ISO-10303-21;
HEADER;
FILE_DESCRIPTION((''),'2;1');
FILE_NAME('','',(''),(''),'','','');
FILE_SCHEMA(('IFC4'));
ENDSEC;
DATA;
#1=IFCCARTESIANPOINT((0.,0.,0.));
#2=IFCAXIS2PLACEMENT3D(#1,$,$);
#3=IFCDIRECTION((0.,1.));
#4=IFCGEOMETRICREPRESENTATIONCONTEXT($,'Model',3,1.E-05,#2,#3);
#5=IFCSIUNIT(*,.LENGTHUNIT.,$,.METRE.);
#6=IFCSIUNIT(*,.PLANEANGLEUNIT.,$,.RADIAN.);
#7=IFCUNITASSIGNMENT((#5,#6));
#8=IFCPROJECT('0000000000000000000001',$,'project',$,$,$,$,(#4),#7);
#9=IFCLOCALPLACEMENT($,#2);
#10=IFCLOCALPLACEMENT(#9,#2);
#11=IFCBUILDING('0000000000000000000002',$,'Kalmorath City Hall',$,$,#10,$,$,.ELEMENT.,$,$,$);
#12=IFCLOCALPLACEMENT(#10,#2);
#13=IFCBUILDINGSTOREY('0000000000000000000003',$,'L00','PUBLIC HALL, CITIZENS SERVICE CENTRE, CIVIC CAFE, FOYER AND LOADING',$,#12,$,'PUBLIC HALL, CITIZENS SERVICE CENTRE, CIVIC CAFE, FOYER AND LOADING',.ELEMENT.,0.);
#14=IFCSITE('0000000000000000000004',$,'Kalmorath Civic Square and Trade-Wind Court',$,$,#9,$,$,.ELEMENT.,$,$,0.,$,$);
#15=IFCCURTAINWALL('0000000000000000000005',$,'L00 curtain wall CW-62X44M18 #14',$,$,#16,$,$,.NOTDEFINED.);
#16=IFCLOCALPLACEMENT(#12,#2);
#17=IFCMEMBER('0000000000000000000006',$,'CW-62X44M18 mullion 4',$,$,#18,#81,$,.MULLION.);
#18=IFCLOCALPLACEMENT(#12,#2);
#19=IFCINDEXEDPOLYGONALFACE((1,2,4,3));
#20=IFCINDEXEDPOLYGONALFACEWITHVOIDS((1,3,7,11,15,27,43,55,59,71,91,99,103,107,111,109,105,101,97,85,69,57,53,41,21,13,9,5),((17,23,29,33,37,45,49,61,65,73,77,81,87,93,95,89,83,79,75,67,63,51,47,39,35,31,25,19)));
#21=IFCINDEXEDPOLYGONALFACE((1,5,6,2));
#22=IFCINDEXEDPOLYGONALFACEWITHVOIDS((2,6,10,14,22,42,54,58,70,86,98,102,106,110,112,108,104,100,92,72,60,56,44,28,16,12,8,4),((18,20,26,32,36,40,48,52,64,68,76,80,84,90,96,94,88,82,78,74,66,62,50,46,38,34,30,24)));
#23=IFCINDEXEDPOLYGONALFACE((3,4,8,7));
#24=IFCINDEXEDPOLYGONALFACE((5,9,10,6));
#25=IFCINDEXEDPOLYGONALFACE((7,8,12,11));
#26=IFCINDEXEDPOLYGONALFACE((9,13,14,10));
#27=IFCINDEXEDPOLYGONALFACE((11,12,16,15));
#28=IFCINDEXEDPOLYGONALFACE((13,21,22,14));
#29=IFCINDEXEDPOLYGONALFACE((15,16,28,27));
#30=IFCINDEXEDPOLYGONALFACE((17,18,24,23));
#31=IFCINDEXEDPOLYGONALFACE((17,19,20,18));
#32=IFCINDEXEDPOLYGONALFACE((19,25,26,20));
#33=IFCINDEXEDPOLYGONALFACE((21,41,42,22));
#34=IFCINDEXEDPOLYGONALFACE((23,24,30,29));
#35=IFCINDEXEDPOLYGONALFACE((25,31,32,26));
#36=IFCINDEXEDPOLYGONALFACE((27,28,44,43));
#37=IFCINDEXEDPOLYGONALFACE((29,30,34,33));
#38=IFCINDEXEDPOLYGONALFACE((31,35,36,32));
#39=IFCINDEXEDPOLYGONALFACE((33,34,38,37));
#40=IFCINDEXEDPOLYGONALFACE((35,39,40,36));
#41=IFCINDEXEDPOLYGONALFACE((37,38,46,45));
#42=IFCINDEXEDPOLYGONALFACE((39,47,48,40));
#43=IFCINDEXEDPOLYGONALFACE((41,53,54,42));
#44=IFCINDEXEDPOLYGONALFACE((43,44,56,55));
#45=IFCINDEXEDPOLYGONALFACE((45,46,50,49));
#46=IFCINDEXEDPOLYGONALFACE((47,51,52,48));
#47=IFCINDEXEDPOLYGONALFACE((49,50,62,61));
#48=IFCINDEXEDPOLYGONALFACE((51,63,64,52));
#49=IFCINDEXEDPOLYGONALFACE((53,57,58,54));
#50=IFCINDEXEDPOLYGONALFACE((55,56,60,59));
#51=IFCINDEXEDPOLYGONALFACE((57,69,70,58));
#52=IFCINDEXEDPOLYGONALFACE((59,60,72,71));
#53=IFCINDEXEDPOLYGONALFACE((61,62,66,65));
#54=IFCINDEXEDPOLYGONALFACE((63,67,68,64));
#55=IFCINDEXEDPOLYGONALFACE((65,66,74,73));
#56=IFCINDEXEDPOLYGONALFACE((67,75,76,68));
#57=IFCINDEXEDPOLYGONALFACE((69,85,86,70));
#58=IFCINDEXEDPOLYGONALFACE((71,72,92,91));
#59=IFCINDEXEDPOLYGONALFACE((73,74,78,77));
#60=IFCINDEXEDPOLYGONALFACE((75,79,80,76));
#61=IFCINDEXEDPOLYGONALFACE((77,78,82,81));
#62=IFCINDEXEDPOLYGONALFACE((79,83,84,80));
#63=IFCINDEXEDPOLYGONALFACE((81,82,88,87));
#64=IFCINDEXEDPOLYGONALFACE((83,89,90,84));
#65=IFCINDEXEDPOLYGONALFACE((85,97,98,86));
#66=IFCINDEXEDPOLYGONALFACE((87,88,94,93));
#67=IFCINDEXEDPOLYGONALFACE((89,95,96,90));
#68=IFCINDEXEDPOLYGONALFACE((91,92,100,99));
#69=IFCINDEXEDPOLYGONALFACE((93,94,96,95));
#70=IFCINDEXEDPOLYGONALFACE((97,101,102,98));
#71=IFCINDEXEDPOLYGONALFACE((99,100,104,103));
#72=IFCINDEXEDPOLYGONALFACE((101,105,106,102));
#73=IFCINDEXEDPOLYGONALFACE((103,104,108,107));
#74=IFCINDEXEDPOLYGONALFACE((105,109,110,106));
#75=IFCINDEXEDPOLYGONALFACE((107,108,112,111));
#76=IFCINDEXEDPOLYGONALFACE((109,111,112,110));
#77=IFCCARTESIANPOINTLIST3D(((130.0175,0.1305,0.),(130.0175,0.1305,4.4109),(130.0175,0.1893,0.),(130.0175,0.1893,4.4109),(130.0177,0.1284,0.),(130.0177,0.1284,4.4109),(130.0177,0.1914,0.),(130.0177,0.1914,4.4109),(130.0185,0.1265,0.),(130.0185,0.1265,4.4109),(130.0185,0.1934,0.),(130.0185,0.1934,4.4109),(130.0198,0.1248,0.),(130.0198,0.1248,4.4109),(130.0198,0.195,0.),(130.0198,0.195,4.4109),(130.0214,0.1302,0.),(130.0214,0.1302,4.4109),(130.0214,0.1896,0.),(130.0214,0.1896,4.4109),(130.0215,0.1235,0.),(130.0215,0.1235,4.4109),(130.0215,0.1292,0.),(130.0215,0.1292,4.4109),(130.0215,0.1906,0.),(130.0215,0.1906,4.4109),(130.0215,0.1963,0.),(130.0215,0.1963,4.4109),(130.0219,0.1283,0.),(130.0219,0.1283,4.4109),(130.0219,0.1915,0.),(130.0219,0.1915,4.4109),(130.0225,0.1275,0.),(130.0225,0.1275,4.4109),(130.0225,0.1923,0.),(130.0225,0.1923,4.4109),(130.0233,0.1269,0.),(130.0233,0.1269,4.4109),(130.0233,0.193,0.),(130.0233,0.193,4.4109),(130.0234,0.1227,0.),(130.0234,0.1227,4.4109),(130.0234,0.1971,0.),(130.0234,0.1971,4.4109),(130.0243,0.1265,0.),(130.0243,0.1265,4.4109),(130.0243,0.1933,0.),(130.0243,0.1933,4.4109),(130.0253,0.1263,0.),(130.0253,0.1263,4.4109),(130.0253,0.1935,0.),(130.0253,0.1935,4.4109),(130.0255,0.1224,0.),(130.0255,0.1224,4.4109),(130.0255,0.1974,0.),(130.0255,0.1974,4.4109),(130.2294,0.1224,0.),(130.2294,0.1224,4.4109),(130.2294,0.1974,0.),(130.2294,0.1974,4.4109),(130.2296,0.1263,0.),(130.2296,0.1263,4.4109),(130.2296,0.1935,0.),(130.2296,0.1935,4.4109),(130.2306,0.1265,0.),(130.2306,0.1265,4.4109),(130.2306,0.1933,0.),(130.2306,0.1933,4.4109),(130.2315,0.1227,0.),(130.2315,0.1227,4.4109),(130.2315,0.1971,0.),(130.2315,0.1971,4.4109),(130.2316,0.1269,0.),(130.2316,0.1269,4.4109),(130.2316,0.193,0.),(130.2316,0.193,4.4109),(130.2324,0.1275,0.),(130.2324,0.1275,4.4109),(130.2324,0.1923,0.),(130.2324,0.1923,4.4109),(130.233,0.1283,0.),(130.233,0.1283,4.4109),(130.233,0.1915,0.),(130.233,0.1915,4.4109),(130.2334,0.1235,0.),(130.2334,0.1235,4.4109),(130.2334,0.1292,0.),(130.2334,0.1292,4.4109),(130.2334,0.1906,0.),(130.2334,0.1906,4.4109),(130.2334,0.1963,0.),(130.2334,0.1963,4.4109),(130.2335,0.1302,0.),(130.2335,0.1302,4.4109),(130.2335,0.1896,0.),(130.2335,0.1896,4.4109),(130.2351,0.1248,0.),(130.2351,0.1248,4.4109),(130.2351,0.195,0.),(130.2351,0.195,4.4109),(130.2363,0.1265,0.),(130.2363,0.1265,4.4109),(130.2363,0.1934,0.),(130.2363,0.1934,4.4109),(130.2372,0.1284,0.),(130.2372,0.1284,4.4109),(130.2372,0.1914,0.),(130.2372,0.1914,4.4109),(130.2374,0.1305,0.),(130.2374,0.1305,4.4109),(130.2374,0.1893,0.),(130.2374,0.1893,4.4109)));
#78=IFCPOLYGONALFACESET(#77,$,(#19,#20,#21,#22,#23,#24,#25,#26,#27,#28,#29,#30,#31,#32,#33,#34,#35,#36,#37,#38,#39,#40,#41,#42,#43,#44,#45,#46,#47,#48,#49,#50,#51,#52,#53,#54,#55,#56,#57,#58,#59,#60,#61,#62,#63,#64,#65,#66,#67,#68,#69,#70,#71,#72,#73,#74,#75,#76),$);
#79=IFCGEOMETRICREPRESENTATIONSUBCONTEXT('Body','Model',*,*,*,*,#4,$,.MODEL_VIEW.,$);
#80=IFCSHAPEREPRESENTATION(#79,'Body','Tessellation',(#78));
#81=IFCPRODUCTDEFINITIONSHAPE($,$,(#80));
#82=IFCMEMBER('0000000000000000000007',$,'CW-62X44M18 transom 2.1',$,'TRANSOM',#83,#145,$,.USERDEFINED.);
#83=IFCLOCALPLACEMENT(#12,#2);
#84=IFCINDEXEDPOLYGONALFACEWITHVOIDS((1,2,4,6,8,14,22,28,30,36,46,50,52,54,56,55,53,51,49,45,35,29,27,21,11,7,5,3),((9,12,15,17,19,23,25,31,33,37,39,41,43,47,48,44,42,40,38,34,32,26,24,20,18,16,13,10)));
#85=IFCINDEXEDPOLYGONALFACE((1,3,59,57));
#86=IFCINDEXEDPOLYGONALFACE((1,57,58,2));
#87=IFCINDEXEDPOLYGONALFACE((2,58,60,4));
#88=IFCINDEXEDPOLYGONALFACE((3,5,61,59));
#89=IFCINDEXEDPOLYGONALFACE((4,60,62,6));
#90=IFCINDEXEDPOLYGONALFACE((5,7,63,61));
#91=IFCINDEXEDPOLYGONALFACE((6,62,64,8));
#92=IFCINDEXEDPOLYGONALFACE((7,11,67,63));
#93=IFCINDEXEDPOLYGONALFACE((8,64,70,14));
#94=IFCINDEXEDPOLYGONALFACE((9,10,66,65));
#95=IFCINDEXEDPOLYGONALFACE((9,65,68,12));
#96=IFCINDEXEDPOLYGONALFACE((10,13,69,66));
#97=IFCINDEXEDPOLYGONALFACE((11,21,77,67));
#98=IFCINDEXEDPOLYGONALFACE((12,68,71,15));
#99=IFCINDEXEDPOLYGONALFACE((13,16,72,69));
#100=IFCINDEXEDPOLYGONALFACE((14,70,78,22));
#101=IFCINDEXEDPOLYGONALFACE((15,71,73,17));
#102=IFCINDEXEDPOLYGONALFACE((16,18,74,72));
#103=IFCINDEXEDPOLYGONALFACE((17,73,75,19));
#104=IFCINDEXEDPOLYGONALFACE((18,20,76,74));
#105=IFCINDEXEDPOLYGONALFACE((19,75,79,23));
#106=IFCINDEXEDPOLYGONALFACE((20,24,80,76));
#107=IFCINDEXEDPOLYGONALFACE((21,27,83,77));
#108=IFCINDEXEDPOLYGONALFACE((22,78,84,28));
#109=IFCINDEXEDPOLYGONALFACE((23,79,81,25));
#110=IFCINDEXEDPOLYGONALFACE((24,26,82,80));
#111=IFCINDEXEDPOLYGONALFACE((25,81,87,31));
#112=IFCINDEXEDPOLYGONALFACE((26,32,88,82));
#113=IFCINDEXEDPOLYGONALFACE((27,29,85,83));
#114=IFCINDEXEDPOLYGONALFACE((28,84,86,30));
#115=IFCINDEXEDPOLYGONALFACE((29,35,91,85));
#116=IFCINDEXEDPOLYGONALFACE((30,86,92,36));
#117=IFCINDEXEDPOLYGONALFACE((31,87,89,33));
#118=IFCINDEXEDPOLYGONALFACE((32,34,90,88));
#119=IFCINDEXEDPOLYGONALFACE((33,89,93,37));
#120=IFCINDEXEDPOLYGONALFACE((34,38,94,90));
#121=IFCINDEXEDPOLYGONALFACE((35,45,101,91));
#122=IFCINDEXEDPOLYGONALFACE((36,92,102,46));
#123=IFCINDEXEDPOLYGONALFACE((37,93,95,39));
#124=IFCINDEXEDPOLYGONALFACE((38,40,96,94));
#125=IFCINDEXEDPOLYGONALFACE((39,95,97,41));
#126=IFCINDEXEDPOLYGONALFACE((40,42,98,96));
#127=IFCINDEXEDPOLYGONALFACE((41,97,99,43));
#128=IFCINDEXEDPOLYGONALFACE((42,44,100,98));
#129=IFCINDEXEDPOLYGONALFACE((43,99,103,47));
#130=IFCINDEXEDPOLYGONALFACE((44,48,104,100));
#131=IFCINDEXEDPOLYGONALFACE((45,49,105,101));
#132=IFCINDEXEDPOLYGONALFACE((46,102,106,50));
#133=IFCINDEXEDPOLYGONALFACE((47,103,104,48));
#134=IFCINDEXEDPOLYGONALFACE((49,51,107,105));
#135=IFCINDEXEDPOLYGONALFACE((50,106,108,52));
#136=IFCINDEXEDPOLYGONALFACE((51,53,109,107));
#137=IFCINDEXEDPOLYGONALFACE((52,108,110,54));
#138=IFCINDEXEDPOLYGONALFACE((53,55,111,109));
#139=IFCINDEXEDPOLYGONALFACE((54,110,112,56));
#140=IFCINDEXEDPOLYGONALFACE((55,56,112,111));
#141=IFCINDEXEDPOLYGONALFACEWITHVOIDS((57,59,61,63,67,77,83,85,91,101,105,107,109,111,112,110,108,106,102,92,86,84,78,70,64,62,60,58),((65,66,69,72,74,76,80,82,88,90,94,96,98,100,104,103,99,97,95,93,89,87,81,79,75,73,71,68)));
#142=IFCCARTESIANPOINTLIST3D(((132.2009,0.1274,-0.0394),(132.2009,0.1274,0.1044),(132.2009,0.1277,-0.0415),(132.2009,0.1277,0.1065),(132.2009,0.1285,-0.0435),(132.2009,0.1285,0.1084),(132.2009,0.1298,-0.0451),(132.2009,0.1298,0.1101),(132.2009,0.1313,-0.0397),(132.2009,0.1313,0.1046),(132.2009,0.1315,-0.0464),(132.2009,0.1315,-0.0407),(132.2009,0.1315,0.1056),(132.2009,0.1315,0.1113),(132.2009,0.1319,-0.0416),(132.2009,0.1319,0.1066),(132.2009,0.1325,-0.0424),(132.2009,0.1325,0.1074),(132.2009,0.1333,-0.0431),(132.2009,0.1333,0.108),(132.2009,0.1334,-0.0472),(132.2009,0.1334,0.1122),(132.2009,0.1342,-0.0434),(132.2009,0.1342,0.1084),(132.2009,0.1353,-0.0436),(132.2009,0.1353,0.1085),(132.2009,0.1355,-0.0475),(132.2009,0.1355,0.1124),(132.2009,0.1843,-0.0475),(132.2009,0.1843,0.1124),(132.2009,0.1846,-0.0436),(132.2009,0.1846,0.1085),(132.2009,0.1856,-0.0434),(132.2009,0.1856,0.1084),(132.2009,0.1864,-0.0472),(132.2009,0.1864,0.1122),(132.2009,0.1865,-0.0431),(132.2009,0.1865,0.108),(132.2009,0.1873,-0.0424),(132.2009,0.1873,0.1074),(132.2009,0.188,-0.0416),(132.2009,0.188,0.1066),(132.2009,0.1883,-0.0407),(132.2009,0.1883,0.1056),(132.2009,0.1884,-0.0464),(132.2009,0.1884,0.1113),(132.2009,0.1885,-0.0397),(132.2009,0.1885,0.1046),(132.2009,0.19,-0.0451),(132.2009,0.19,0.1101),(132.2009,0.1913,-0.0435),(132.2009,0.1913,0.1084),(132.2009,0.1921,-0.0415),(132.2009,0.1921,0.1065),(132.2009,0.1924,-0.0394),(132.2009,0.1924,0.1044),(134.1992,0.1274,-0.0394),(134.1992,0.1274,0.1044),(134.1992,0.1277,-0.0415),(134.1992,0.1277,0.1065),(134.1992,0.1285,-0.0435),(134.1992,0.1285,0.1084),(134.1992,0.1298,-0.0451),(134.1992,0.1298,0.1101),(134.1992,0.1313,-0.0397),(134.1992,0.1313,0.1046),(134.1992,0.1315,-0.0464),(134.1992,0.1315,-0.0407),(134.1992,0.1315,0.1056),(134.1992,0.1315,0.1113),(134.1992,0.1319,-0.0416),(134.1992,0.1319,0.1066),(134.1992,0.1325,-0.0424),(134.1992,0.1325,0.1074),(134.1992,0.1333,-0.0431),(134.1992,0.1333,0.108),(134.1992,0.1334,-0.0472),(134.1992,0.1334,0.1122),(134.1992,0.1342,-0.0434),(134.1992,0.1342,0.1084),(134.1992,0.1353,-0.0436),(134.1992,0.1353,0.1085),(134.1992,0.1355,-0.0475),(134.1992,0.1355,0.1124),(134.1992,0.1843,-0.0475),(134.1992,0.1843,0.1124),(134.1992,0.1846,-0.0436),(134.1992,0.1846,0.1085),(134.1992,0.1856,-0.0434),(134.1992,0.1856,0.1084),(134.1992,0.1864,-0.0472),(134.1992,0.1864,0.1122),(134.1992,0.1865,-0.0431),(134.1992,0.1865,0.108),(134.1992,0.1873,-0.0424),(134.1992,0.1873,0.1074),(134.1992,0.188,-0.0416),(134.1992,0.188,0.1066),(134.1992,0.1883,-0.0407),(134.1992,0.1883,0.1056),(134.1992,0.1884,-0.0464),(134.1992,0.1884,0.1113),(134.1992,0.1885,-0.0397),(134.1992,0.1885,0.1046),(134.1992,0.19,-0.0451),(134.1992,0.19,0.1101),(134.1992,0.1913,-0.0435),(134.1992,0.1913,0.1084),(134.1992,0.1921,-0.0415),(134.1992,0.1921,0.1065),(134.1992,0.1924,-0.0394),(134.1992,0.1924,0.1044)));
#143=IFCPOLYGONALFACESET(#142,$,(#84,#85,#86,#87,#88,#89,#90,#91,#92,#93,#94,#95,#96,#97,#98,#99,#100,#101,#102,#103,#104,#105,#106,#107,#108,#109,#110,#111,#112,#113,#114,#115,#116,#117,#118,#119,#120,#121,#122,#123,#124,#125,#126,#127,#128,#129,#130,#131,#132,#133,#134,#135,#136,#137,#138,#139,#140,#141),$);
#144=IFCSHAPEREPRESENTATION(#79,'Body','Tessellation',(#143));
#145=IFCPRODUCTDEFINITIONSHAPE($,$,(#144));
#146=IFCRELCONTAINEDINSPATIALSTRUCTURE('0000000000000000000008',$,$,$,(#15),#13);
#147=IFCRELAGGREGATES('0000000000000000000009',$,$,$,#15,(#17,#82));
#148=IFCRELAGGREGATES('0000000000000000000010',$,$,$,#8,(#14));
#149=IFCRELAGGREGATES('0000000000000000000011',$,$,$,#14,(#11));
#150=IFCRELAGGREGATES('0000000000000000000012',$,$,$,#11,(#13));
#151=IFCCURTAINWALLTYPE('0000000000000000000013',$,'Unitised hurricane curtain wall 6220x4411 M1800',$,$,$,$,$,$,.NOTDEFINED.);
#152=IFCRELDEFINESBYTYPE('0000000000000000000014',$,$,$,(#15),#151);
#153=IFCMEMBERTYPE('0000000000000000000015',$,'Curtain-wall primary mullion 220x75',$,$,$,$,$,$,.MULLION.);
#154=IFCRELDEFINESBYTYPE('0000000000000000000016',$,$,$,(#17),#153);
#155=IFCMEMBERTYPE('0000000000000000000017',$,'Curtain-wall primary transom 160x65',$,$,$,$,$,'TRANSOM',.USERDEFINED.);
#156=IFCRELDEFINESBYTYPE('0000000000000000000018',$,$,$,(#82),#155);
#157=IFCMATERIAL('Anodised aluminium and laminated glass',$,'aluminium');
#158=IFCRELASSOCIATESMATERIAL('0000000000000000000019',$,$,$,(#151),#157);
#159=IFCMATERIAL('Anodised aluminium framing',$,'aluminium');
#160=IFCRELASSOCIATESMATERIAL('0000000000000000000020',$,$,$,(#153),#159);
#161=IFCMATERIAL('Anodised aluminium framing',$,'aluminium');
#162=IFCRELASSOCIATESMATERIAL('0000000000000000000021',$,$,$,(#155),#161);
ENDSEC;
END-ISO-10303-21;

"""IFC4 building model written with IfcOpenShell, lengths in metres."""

from ifc_helpers import new_model, si_unit, direction, frame, origin, origin_2d, place, context, subcontext, project, spatial, hollow_rectangle, extrude, material, material_profile, profile_set, type_object, element, aggregate, save


model = new_model("IFC4")

# Units and contexts
model_context = context("Model", 3, precision=1e-05, world=origin(), true_north=direction((0.0, 1.0)))
body_context = subcontext(model_context, "Body", "Model", "MODEL_VIEW")
ifc_project = project(units=[si_unit("LENGTHUNIT", "METRE"), si_unit("PLANEANGLEUNIT", "RADIAN")], contexts=[model_context])

# Site, building, storey
site_placement = place(None, origin())
site = spatial("IfcSite", under=ifc_project, at=site_placement, Name="Kalmorath Civic Square and Trade-Wind Court", CompositionType="ELEMENT", RefElevation=0.0)
building_placement = place(site_placement, origin())
building = spatial("IfcBuilding", under=site, at=building_placement, Name="Kalmorath City Hall", CompositionType="ELEMENT")
storey_placement = place(building_placement, origin())
storey = spatial("IfcBuildingStorey", under=building, at=storey_placement, Name="L00", Description="PUBLIC HALL, CITIZENS SERVICE CENTRE, CIVIC CAFE, FOYER AND LOADING", LongName="PUBLIC HALL, CITIZENS SERVICE CENTRE, CIVIC CAFE, FOYER AND LOADING", CompositionType="ELEMENT", Elevation=0.0)

# Curtain wall, members
ifc_material_1 = material(Name="Anodised aluminium and laminated glass", Category="aluminium")
curtain_wall_type = type_object("IfcCurtainWallType", Name="Unitised hurricane curtain wall 6220x4411 M1800", PredefinedType="NOTDEFINED", material=ifc_material_1)
curtain_wall_placement = place(storey_placement, origin())
curtain_wall = element("IfcCurtainWall", 1, at=curtain_wall_placement, inside=storey, type_object=curtain_wall_type, Name="L00 curtain wall CW-62X44M18 #14", PredefinedType="NOTDEFINED")
ifc_material_2 = material(Name="Anodised aluminium framing", Category="aluminium")
ifc_material_profile_1 = material_profile(ifc_material_2, hollow_rectangle(XDim=0.075, YDim=0.22, WallThickness=0.0039, InnerFilletRadius=0.0039, OuterFilletRadius=0.0081, at=origin_2d()), Name="ALU-MUL-220X75X4")
ifc_profile_set_1 = profile_set([ifc_material_profile_1], Name="Anodised aluminium framing")
member_type_1 = type_object("IfcMemberType", Name="Curtain-wall primary mullion 220x75", PredefinedType="MULLION", material=ifc_profile_set_1)
member_1_placement = place(storey_placement, frame((130.1274, 0.1599, 0.0), z_axis=(0.0, 0.0, 1.0), x_axis=(0.0, -1.0, 0.0)))
member_1 = element("IfcMember", 2, at=member_1_placement, type_object=member_type_1, Name="CW-62X44M18 mullion 4", PredefinedType="MULLION", context=body_context, shape_type="SweptSolid", body=[
    extrude(hollow_rectangle(XDim=0.075, YDim=0.22, WallThickness=0.0039, InnerFilletRadius=0.0039, OuterFilletRadius=0.0081, at=origin_2d()), origin(), (0.0, 0.0, 1.0), 4.4109),
])
ifc_material_3 = material(Name="Anodised aluminium framing", Category="aluminium")
ifc_material_profile_2 = material_profile(ifc_material_3, hollow_rectangle(XDim=0.0649, YDim=0.1599, WallThickness=0.0039, InnerFilletRadius=0.0039, OuterFilletRadius=0.0081, at=origin_2d()), Name="ALU-TRN-160X65X4")
ifc_profile_set_2 = profile_set([ifc_material_profile_2], Name="Anodised aluminium framing")
member_type_2 = type_object("IfcMemberType", Name="Curtain-wall primary transom 160x65", ElementType="TRANSOM", PredefinedType="USERDEFINED", material=ifc_profile_set_2)
member_2_placement = place(storey_placement, frame((134.1992, 0.1599, 0.0325), z_axis=(-1.0, 0.0, 0.0), x_axis=(0.0, -1.0, 0.0)))
member_2 = element("IfcMember", 3, at=member_2_placement, type_object=member_type_2, Name="CW-62X44M18 transom 2.1", ObjectType="TRANSOM", PredefinedType="USERDEFINED", context=body_context, shape_type="SweptSolid", body=[
    extrude(hollow_rectangle(XDim=0.0649, YDim=0.1599, WallThickness=0.0039, InnerFilletRadius=0.0039, OuterFilletRadius=0.0081, at=origin_2d()), origin(), (0.0, 0.0, 1.0), 1.9983),
])
aggregate(curtain_wall, [member_1, member_2])

save(model, "model.ifc")
